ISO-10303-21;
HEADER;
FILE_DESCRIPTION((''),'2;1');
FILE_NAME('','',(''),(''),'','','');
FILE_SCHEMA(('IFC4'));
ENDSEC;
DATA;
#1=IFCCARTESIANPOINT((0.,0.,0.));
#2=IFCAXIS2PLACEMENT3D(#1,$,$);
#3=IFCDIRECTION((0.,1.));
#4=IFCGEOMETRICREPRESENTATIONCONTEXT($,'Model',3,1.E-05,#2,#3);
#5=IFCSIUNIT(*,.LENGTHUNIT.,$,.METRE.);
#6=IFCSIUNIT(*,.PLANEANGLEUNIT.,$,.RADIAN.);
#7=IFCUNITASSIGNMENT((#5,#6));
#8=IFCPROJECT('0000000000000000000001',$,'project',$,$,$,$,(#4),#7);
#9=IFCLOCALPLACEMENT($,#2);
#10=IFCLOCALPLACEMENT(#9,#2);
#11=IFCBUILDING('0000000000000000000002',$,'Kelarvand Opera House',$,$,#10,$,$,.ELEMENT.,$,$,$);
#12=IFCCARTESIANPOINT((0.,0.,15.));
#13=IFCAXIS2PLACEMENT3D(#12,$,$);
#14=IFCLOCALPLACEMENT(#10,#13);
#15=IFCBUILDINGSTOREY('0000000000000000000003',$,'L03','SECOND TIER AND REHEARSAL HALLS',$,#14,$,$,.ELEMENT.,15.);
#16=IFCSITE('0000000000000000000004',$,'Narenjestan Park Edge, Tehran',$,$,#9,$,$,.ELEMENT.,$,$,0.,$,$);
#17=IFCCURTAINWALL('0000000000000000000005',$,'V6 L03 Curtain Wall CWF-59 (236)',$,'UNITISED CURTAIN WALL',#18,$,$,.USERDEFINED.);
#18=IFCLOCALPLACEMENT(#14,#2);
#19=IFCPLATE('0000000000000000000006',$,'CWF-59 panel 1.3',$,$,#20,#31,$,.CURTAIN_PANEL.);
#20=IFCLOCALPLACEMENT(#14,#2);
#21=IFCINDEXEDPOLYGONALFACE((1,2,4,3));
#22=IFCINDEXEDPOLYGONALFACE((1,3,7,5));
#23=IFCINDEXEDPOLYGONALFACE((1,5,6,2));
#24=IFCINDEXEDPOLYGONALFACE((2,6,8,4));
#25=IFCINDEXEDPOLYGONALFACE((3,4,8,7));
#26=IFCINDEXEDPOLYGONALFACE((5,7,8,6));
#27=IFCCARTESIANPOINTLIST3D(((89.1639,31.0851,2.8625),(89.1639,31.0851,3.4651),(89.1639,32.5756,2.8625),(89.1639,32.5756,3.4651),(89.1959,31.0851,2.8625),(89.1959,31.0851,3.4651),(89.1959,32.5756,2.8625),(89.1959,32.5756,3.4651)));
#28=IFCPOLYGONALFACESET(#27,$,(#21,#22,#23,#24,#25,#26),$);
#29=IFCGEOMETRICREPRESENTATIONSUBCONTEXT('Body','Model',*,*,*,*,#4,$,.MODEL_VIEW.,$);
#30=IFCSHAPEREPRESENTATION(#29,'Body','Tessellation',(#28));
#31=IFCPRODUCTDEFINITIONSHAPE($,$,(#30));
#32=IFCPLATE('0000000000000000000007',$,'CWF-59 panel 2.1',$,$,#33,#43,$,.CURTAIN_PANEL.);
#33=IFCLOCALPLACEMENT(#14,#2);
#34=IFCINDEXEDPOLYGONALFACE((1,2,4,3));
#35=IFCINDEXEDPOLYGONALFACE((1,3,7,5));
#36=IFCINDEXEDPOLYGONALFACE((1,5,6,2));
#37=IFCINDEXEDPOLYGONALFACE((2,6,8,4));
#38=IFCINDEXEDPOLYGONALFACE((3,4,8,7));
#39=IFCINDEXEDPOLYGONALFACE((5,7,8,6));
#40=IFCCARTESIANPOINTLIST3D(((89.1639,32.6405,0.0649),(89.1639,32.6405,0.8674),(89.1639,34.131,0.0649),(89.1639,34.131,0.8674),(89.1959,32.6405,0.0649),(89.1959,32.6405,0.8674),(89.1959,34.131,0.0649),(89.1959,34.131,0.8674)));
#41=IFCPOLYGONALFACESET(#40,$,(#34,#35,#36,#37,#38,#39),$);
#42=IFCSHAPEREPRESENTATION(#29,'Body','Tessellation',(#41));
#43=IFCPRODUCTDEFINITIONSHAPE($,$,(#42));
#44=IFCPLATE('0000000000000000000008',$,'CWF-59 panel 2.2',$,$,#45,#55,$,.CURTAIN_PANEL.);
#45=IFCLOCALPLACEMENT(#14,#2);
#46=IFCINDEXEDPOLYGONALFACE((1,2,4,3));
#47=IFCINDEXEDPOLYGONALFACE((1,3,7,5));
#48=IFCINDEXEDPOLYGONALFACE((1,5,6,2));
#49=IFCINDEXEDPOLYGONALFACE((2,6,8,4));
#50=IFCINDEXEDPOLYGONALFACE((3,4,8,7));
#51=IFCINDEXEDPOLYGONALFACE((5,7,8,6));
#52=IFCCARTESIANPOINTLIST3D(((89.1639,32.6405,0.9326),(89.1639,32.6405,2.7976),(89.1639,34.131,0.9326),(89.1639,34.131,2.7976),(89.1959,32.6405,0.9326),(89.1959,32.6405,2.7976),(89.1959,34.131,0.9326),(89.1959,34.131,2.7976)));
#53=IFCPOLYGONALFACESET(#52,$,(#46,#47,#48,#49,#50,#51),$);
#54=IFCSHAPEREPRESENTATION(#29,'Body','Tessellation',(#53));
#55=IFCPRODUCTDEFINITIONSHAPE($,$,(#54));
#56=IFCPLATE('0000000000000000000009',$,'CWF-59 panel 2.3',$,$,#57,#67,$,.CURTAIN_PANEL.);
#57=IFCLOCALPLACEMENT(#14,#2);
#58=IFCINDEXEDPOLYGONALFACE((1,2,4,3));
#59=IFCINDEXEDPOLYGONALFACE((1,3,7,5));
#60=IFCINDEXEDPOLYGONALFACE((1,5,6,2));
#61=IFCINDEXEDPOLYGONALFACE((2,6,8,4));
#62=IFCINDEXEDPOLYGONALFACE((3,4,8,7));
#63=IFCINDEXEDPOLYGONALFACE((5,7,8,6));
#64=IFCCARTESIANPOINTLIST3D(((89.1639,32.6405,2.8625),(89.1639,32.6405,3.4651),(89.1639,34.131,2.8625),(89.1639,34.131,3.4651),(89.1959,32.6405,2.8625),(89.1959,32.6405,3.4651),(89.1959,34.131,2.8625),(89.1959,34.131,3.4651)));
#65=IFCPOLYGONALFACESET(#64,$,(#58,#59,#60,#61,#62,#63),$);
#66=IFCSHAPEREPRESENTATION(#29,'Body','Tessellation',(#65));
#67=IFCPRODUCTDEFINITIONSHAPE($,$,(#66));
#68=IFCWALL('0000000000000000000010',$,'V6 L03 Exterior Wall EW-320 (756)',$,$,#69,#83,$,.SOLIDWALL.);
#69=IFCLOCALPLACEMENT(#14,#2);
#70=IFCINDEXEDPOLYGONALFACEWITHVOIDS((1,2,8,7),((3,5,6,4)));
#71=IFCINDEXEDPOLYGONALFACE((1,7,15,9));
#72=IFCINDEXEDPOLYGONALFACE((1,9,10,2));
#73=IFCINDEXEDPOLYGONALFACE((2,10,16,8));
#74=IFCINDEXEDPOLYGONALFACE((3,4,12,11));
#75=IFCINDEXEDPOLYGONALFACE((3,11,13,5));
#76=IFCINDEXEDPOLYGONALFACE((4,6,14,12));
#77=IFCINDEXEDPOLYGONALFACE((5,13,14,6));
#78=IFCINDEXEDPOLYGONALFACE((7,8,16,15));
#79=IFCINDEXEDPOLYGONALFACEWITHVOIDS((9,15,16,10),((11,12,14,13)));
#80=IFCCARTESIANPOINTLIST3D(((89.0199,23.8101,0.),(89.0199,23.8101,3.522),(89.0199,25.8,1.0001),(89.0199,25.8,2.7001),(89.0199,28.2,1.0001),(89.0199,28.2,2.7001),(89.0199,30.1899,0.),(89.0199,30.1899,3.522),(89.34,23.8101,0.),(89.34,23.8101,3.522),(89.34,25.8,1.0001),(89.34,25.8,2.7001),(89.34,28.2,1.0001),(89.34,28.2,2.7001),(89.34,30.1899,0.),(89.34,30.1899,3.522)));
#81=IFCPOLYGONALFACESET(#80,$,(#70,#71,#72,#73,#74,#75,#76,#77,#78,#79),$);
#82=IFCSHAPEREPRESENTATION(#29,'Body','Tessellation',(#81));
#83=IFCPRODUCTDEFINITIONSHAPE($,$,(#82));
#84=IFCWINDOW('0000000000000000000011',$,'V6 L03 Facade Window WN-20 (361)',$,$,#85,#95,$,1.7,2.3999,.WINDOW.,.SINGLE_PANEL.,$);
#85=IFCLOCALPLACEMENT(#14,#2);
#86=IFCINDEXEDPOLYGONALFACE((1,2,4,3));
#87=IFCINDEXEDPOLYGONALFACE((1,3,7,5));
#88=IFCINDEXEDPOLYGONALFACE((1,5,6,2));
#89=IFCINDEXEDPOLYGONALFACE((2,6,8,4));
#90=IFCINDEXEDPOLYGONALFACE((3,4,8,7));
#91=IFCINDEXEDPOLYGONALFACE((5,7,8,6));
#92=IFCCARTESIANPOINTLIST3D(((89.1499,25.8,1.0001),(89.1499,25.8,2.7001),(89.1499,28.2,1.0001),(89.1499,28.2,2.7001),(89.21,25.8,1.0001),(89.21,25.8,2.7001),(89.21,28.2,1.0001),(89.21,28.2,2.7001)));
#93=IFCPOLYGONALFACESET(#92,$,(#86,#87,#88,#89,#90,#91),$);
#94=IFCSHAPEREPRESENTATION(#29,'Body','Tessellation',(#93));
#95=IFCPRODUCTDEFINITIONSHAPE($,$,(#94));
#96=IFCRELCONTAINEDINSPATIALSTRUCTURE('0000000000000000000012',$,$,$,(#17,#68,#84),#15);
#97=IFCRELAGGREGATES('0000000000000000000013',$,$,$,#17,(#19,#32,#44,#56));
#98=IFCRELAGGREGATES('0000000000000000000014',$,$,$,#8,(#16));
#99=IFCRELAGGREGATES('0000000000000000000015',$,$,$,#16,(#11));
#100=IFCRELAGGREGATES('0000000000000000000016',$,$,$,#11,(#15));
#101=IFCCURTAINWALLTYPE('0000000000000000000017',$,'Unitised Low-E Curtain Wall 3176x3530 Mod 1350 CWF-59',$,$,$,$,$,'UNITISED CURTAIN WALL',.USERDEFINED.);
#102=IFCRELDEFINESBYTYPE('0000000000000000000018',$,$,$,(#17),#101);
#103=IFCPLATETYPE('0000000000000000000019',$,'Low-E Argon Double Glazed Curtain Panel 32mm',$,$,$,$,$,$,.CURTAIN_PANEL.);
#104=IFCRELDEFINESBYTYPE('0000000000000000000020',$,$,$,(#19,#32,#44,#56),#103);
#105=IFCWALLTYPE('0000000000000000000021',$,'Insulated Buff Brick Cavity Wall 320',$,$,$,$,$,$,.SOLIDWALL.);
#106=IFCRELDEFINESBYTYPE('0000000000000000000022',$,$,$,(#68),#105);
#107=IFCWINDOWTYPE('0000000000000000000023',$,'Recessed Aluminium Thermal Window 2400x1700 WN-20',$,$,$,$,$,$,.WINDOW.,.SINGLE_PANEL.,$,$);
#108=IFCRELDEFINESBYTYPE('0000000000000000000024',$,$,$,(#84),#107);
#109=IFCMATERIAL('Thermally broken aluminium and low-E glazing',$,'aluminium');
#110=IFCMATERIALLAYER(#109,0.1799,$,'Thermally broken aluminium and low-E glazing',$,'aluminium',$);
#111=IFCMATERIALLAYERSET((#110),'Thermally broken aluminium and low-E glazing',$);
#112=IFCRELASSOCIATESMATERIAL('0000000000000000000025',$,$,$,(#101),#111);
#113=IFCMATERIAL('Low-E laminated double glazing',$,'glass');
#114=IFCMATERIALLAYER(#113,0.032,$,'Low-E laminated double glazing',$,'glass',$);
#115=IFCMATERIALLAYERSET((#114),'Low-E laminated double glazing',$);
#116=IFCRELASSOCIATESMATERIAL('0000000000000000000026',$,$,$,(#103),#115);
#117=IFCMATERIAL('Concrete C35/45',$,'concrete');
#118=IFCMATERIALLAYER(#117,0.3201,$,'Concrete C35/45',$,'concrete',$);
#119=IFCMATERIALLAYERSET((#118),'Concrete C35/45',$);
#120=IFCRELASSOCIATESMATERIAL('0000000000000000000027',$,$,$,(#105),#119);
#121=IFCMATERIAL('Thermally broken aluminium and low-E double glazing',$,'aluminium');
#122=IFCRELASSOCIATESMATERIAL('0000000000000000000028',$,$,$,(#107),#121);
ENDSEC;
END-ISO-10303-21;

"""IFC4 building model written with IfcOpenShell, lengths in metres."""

from ifc_helpers import new_model, si_unit, direction, frame, frame_2d, origin, origin_2d, place, context, subcontext, project, spatial, rectangle, extrude, material, layer, layer_set, type_object, element, fill, aggregate, save


model = new_model("IFC4")

# Units and contexts
model_context = context("Model", 3, precision=1e-05, world=origin(), true_north=direction((0.0, 1.0)))
body_context = subcontext(model_context, "Body", "Model", "MODEL_VIEW")
ifc_project = project(units=[si_unit("LENGTHUNIT", "METRE"), si_unit("PLANEANGLEUNIT", "RADIAN")], contexts=[model_context])

# Site, building, storey
site_placement = place(None, origin())
site = spatial("IfcSite", under=ifc_project, at=site_placement, Name="Narenjestan Park Edge, Tehran", CompositionType="ELEMENT", RefElevation=0.0)
building_placement = place(site_placement, origin())
building = spatial("IfcBuilding", under=site, at=building_placement, Name="Kelarvand Opera House", CompositionType="ELEMENT")
storey_placement = place(building_placement, frame((0.0, 0.0, 15.0)))
storey = spatial("IfcBuildingStorey", under=building, at=storey_placement, Name="L03", Description="SECOND TIER AND REHEARSAL HALLS", CompositionType="ELEMENT", Elevation=15.0)

# Curtain wall
ifc_material_1 = material(Name="Thermally broken aluminium and low-E glazing", Category="aluminium")
ifc_layer_1 = layer(ifc_material_1, 0.1799, Name="Thermally broken aluminium and low-E glazing", Category="aluminium")
ifc_layer_set_1 = layer_set([ifc_layer_1], Name="Thermally broken aluminium and low-E glazing")
curtain_wall_type = type_object("IfcCurtainWallType", Name="Unitised Low-E Curtain Wall 3176x3530 Mod 1350 CWF-59", ElementType="UNITISED CURTAIN WALL", PredefinedType="USERDEFINED", material=ifc_layer_set_1)
curtain_wall_1_placement = place(storey_placement, origin())
curtain_wall_1 = element("IfcCurtainWall", 1, at=curtain_wall_1_placement, inside=storey, type_object=curtain_wall_type, Name="V6 L03 Curtain Wall CWF-59 (236)", ObjectType="UNITISED CURTAIN WALL", PredefinedType="USERDEFINED")

# Plates
ifc_material_2 = material(Name="Low-E laminated double glazing", Category="glass")
ifc_layer_2 = layer(ifc_material_2, 0.032, Name="Low-E laminated double glazing", Category="glass")
ifc_layer_set_2 = layer_set([ifc_layer_2], Name="Low-E laminated double glazing")
plate_type = type_object("IfcPlateType", Name="Low-E Argon Double Glazed Curtain Panel 32mm", PredefinedType="CURTAIN_PANEL", material=ifc_layer_set_2)
plate_1_placement = place(storey_placement, frame((89.1799, 31.8303, 2.8625), z_axis=(0.0, 0.0, 1.0), x_axis=(0.0, 1.0, 0.0)))
plate_1 = element("IfcPlate", 2, at=plate_1_placement, type_object=plate_type, Name="CWF-59 panel 1.3", PredefinedType="CURTAIN_PANEL", context=body_context, shape_type="SweptSolid", body=[
    extrude(rectangle(XDim=1.4905, YDim=0.032, at=origin_2d()), origin(), (0.0, 0.0, 1.0), 0.6025),
])
plate_2_placement = place(storey_placement, frame((89.1799, 33.3857, 0.0649), z_axis=(0.0, 0.0, 1.0), x_axis=(0.0, 1.0, 0.0)))
plate_2 = element("IfcPlate", 3, at=plate_2_placement, type_object=plate_type, Name="CWF-59 panel 2.1", PredefinedType="CURTAIN_PANEL", context=body_context, shape_type="SweptSolid", body=[
    extrude(rectangle(XDim=1.4905, YDim=0.032, at=origin_2d()), origin(), (0.0, 0.0, 1.0), 0.8025),
])
plate_3_placement = place(storey_placement, frame((89.1799, 33.3857, 0.9326), z_axis=(0.0, 0.0, 1.0), x_axis=(0.0, 1.0, 0.0)))
plate_3 = element("IfcPlate", 4, at=plate_3_placement, type_object=plate_type, Name="CWF-59 panel 2.2", PredefinedType="CURTAIN_PANEL", context=body_context, shape_type="SweptSolid", body=[
    extrude(rectangle(XDim=1.4905, YDim=0.032, at=origin_2d()), origin(), (0.0, 0.0, 1.0), 1.865),
])
plate_4_placement = place(storey_placement, frame((89.1799, 33.3857, 2.8625), z_axis=(0.0, 0.0, 1.0), x_axis=(0.0, 1.0, 0.0)))
plate_4 = element("IfcPlate", 5, at=plate_4_placement, type_object=plate_type, Name="CWF-59 panel 2.3", PredefinedType="CURTAIN_PANEL", context=body_context, shape_type="SweptSolid", body=[
    extrude(rectangle(XDim=1.4905, YDim=0.032, at=origin_2d()), origin(), (0.0, 0.0, 1.0), 0.6025),
])
aggregate(curtain_wall_1, [plate_1, plate_2, plate_3, plate_4])

# Wall, opening, window
ifc_material_3 = material(Name="Concrete C35/45", Category="concrete")
ifc_layer_3 = layer(ifc_material_3, 0.3201, Name="Concrete C35/45", Category="concrete")
ifc_layer_set_3 = layer_set([ifc_layer_3], Name="Concrete C35/45")
wall_type = type_object("IfcWallType", Name="Insulated Buff Brick Cavity Wall 320", PredefinedType="SOLIDWALL", material=ifc_layer_set_3)
wall_placement = place(storey_placement, frame((89.1799, 23.8101, 0.0), z_axis=(0.0, 0.0, 1.0), x_axis=(0.0, 1.0, 0.0)))
wall = element("IfcWall", 6, at=wall_placement, inside=storey, type_object=wall_type, Name="V6 L03 Exterior Wall EW-320 (756)", PredefinedType="SOLIDWALL", context=body_context, shape_type="SweptSolid", body=[
    extrude(rectangle(XDim=6.3799, YDim=0.3201, at=frame_2d((3.1899, 0.0))), origin(), (0.0, 0.0, 1.0), 3.522),
])
opening_placement = place(wall_placement, frame((1.99, 0.0, 1.0)))
opening = element("IfcOpeningElement", 7, at=opening_placement, cuts=wall, PredefinedType="OPENING", context=body_context, shape_type="SweptSolid", body=[
    extrude(rectangle(XDim=2.3999, YDim=1.7, at=frame_2d((1.2, 0.8501))), frame((0.0, 0.1699, 0.0), z_axis=(0.0, -1.0, 0.0), x_axis=(1.0, 0.0, 0.0)), (0.0, 0.0, 1.0), 0.3401),
])
ifc_material_4 = material(Name="Thermally broken aluminium and low-E double glazing", Category="aluminium")
window_type = type_object("IfcWindowType", Name="Recessed Aluminium Thermal Window 2400x1700 WN-20", PartitioningType="SINGLE_PANEL", PredefinedType="WINDOW", material=ifc_material_4)
window_placement = place(opening_placement, origin())
window = element("IfcWindow", 8, at=window_placement, inside=storey, type_object=window_type, Name="V6 L03 Facade Window WN-20 (361)", OverallHeight=1.7, OverallWidth=2.3999, PartitioningType="SINGLE_PANEL", PredefinedType="WINDOW", context=body_context, shape_type="SweptSolid", body=[
    extrude(rectangle(XDim=2.3999, YDim=1.7, at=frame_2d((1.2, 0.8501))), frame((0.0, 0.03, 0.0), z_axis=(0.0, -1.0, 0.0), x_axis=(1.0, 0.0, 0.0)), (0.0, 0.0, 1.0), 0.0601),
])
fill(opening, window)

save(model, "model.ifc")
